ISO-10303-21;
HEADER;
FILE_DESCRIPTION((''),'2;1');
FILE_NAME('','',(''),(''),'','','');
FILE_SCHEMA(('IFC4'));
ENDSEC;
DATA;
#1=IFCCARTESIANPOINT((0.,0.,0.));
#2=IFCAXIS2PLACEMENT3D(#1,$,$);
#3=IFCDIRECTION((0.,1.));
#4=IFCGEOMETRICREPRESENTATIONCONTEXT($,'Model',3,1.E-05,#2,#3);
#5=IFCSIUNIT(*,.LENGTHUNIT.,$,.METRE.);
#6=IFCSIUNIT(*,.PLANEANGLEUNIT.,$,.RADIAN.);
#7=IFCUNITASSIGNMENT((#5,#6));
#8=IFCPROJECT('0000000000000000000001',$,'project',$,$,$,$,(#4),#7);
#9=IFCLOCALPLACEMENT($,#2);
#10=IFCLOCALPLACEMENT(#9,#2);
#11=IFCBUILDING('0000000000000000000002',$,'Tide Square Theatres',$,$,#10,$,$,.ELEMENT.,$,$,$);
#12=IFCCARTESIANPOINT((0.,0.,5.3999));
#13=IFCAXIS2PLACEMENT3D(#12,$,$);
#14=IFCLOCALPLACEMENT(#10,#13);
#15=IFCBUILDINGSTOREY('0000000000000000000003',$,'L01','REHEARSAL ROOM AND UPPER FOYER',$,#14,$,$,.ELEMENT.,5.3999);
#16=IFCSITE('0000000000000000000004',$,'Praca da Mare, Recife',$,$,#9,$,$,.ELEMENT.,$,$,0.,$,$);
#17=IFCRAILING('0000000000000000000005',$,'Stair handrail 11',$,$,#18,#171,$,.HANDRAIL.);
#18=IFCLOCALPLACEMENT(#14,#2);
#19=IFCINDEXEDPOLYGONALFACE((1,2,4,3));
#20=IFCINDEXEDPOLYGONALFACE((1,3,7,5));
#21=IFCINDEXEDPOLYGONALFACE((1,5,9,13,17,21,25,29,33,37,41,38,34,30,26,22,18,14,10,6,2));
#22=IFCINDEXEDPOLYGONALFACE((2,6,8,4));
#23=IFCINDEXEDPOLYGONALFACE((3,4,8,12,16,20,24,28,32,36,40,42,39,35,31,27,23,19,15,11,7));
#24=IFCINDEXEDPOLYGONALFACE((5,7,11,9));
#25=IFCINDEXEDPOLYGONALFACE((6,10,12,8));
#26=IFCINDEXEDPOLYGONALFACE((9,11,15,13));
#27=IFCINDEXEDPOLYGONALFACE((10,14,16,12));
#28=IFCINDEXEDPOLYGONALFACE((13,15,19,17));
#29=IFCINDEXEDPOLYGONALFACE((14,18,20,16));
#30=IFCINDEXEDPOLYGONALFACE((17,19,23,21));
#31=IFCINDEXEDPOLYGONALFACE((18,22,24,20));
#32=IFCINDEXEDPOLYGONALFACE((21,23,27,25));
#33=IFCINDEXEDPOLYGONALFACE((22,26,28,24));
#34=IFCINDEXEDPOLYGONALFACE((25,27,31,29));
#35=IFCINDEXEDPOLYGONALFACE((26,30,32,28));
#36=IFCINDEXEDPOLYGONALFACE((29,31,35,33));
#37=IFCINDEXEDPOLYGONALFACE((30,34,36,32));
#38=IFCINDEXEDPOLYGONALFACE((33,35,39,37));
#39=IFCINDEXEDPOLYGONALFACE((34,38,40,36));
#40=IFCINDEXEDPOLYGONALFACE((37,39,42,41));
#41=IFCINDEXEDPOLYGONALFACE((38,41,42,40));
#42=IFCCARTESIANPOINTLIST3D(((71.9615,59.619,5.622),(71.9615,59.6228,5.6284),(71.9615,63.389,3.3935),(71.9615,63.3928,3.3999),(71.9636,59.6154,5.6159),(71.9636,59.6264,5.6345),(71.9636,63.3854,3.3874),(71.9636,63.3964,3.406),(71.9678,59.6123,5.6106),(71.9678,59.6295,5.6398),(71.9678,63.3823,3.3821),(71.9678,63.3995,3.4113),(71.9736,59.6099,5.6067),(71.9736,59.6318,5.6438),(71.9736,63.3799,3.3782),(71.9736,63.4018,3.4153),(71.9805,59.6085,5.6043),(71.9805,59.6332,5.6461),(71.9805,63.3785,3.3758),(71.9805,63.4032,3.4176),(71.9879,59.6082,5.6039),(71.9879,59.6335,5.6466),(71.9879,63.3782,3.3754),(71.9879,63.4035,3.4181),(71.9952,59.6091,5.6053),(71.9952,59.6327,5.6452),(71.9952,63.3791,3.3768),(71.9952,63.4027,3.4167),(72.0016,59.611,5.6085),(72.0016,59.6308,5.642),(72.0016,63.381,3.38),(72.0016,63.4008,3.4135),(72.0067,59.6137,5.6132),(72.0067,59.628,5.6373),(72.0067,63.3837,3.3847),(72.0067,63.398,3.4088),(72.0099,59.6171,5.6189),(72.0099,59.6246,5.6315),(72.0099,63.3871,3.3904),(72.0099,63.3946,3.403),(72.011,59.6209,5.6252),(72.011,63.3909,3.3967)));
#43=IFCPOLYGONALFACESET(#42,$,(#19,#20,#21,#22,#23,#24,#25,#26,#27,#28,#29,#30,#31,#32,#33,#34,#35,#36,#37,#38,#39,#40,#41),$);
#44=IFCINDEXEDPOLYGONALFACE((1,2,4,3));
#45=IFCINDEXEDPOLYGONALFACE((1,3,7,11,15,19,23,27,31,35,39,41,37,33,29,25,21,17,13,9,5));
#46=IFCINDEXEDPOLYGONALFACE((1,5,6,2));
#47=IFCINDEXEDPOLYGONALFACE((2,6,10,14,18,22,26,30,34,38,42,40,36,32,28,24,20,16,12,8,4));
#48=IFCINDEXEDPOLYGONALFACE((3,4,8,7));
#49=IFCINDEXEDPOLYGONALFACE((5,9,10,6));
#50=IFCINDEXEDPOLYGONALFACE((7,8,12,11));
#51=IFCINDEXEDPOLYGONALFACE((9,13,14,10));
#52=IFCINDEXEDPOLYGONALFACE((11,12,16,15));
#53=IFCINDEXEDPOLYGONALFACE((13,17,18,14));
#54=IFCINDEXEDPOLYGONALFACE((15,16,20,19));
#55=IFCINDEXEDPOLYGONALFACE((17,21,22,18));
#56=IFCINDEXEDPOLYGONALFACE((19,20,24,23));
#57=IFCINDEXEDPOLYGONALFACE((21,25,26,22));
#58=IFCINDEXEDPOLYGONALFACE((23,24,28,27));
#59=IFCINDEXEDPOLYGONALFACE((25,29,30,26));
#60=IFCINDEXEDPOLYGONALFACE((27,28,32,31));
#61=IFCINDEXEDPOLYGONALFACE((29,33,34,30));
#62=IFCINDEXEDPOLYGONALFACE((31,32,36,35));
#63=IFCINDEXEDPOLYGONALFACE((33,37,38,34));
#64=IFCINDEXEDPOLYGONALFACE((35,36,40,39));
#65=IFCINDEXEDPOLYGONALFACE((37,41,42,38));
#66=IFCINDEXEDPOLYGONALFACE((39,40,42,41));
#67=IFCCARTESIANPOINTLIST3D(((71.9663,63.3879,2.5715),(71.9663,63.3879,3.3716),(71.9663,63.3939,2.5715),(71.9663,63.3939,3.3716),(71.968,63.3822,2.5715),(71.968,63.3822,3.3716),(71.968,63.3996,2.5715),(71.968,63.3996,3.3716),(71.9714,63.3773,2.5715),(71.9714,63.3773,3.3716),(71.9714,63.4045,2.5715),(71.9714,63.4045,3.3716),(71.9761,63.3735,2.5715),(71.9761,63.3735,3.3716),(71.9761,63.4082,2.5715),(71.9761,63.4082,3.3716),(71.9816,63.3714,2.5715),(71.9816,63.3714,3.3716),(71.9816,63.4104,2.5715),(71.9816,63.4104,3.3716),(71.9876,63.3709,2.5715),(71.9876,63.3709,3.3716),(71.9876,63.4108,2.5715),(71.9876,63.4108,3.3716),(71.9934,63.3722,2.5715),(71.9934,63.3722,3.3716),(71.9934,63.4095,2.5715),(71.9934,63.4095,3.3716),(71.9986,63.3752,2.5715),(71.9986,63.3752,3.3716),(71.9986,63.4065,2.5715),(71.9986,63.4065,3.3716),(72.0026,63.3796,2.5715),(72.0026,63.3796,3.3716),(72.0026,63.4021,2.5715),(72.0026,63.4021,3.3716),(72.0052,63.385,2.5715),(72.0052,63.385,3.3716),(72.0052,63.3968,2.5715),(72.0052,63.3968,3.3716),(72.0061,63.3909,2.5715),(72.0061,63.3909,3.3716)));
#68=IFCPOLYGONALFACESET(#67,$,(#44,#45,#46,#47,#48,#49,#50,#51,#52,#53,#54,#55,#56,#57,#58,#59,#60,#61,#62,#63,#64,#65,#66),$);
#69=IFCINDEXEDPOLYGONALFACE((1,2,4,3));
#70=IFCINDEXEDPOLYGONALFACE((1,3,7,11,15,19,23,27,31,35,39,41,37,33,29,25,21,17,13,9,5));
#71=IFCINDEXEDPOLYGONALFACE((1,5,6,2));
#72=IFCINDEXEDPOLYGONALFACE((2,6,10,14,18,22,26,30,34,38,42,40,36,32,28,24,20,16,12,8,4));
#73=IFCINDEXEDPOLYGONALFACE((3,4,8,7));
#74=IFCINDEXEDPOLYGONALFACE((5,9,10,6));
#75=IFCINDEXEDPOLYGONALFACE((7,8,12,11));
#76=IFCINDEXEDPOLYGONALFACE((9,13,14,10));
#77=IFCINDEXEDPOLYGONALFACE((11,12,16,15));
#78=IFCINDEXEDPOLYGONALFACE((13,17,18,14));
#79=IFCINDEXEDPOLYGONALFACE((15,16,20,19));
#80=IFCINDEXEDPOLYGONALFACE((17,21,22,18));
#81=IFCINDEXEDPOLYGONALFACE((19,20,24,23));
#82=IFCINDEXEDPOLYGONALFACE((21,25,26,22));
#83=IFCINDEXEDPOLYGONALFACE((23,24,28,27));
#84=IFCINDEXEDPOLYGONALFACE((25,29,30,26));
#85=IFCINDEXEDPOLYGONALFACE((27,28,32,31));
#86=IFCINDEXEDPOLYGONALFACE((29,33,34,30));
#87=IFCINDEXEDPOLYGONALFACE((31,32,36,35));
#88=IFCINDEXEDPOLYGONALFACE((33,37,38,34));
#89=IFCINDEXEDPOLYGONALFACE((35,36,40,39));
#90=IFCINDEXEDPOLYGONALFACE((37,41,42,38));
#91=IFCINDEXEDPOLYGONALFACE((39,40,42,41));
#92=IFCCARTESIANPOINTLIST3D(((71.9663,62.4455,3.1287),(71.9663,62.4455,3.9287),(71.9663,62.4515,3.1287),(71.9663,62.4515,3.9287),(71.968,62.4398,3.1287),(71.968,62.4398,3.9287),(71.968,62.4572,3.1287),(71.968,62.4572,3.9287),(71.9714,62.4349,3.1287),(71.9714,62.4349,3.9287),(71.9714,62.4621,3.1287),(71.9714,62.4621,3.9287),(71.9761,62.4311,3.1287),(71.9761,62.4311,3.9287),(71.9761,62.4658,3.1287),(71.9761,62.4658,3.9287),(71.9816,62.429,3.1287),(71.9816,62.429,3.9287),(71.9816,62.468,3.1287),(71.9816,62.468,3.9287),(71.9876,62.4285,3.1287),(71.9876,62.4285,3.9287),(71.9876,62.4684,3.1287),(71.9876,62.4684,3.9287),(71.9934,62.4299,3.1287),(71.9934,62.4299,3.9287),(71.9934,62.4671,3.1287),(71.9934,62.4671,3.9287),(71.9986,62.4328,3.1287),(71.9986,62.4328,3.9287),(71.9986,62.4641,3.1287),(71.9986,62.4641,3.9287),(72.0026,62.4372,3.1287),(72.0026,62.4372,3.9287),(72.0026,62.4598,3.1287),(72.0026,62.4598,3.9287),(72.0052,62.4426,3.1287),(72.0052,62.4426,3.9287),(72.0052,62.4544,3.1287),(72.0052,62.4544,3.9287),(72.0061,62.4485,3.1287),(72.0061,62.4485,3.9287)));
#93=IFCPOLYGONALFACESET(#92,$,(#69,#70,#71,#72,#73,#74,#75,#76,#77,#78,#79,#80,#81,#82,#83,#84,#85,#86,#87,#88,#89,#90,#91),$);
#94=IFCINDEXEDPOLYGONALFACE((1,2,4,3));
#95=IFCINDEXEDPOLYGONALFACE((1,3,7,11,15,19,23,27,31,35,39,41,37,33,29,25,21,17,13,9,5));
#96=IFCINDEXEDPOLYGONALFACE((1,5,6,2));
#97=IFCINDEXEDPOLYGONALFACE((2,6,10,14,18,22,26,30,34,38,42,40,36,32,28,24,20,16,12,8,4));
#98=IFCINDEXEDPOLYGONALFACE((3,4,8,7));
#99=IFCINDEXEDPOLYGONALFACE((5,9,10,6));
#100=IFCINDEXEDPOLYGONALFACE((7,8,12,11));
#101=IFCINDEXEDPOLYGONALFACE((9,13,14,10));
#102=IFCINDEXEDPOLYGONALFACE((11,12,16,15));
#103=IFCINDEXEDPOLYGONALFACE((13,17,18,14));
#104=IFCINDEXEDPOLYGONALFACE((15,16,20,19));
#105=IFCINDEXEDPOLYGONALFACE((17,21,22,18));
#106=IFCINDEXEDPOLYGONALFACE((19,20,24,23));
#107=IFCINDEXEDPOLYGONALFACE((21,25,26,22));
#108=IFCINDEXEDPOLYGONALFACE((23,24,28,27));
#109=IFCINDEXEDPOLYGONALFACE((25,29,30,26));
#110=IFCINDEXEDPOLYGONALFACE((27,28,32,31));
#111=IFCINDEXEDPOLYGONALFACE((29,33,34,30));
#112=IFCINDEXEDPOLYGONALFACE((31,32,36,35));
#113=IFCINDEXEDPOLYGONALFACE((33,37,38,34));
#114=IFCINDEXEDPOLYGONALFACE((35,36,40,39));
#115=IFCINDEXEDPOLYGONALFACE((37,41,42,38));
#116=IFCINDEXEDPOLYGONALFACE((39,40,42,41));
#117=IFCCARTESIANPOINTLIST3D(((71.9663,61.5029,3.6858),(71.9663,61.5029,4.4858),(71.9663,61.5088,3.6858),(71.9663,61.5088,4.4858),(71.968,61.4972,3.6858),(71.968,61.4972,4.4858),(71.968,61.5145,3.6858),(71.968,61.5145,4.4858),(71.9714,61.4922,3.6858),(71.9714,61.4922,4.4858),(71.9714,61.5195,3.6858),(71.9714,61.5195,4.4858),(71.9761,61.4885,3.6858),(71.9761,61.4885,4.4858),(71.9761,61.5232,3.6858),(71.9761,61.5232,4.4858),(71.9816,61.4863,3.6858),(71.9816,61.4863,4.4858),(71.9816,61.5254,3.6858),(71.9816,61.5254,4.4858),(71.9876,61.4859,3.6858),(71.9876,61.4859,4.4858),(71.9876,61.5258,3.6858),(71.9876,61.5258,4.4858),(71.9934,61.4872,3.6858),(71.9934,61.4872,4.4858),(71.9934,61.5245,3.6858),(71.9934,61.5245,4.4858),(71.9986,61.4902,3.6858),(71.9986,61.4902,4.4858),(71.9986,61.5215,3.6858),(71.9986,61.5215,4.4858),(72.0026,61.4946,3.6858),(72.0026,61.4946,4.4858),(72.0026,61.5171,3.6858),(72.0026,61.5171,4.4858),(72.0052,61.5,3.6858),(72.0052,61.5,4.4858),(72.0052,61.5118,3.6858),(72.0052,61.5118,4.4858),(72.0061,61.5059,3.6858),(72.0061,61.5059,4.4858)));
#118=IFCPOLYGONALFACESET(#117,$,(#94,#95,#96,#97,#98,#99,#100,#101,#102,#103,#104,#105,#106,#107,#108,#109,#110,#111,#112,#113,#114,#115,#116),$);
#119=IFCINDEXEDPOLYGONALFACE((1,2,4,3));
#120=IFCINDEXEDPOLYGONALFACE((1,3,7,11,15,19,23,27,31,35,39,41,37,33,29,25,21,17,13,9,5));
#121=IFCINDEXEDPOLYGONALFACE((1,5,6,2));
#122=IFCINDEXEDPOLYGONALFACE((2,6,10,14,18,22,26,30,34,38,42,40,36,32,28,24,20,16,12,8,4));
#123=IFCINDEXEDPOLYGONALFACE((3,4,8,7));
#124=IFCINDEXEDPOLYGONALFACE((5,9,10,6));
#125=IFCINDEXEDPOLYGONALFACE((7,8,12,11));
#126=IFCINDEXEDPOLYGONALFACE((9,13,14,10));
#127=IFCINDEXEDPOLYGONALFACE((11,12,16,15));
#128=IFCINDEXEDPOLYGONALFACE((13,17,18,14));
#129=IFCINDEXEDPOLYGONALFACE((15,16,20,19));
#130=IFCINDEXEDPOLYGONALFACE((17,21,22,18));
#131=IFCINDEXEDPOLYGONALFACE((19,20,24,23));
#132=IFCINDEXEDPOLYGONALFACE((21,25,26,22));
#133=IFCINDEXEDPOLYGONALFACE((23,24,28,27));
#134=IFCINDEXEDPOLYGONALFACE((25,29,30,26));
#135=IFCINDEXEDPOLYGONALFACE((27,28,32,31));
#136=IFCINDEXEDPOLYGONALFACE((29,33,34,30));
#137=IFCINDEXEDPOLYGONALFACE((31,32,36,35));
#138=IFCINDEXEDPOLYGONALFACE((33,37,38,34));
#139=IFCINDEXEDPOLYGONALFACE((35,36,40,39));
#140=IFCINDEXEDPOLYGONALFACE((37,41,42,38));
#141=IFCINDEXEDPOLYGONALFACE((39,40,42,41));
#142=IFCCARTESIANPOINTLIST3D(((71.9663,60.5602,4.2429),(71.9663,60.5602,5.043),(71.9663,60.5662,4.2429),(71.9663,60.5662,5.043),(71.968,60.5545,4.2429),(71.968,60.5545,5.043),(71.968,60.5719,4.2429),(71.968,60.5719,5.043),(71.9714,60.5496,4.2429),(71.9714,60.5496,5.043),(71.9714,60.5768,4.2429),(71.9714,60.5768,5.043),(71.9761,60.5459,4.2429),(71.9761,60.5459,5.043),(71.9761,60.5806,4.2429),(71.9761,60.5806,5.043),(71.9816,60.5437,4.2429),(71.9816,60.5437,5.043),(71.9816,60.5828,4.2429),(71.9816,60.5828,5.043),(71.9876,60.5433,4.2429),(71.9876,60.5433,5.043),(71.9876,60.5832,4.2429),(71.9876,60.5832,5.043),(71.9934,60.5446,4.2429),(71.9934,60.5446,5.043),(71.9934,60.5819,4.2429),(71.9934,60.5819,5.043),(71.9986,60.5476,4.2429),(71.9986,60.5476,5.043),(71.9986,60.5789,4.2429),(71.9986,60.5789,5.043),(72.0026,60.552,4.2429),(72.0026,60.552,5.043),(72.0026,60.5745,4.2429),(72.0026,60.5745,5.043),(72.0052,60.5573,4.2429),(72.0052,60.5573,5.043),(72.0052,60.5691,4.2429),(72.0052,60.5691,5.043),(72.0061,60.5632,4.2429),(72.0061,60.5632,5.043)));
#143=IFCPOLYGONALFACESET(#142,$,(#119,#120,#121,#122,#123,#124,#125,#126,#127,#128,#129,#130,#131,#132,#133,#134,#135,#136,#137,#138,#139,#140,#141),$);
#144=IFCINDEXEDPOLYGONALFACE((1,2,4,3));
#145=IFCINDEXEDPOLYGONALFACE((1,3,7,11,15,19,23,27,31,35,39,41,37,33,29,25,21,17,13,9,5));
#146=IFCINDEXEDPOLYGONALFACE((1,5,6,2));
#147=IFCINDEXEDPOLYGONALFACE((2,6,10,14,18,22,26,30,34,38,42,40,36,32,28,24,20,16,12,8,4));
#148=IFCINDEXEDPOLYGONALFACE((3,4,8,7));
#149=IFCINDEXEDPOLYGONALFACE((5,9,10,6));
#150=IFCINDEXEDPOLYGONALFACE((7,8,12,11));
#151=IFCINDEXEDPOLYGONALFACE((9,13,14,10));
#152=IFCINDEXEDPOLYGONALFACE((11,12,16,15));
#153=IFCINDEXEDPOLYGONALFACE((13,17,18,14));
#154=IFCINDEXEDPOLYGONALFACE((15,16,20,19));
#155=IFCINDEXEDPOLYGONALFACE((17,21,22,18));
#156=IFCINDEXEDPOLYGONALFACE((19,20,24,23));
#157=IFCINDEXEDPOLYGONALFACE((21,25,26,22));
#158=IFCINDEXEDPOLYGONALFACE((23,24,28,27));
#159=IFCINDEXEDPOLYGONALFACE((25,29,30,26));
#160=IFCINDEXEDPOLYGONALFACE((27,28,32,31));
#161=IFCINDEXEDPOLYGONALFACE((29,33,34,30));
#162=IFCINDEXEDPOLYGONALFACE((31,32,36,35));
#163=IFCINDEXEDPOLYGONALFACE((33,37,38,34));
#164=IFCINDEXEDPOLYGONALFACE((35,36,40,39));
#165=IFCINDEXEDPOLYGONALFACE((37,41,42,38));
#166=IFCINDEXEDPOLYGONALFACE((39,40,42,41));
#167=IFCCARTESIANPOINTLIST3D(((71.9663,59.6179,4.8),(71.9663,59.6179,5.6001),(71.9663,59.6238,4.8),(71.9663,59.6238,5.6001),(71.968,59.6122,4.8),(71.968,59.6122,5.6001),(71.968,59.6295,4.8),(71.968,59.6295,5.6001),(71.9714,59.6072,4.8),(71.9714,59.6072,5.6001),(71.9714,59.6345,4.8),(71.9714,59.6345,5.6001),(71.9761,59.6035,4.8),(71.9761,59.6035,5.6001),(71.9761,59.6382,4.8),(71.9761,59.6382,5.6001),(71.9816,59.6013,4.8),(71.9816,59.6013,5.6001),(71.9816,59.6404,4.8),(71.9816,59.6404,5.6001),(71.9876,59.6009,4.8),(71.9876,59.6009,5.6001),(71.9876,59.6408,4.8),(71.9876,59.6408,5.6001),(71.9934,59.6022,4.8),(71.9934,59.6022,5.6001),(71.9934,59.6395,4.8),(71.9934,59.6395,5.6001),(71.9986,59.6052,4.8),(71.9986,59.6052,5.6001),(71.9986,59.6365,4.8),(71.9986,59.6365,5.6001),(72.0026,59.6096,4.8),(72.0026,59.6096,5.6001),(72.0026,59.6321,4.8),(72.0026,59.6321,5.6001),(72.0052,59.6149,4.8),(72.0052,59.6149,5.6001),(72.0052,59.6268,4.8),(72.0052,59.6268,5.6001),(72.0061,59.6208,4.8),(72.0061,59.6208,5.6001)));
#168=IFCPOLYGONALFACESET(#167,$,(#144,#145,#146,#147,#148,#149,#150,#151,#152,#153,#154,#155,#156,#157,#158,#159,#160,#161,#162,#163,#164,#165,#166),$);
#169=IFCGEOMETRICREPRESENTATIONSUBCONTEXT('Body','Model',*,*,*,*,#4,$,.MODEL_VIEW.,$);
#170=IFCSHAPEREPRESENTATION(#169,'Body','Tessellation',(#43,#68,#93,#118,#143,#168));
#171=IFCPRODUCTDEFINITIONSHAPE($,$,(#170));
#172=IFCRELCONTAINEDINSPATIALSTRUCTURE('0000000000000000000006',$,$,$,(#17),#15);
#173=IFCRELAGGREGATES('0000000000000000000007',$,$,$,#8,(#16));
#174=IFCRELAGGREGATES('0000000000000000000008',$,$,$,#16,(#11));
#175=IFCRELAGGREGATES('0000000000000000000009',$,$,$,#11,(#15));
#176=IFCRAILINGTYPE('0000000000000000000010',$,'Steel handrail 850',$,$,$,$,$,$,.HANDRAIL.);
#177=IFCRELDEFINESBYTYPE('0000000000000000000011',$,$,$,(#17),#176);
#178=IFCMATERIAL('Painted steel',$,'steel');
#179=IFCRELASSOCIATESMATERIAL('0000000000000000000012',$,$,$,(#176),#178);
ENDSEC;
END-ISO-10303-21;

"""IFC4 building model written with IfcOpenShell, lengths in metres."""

from ifc_helpers import new_model, si_unit, direction, frame, origin, origin_2d, place, context, subcontext, project, spatial, circle, extrude, material, type_object, element, save


model = new_model("IFC4")

# Units and contexts
model_context = context("Model", 3, precision=1e-05, world=origin(), true_north=direction((0.0, 1.0)))
body_context = subcontext(model_context, "Body", "Model", "MODEL_VIEW")
ifc_project = project(units=[si_unit("LENGTHUNIT", "METRE"), si_unit("PLANEANGLEUNIT", "RADIAN")], contexts=[model_context])

# Site, building, storey
site_placement = place(None, origin())
site = spatial("IfcSite", under=ifc_project, at=site_placement, Name="Praca da Mare, Recife", CompositionType="ELEMENT", RefElevation=0.0)
building_placement = place(site_placement, origin())
building = spatial("IfcBuilding", under=site, at=building_placement, Name="Tide Square Theatres", CompositionType="ELEMENT")
storey_placement = place(building_placement, frame((0.0, 0.0, 5.3999)))
storey = spatial("IfcBuildingStorey", under=building, at=storey_placement, Name="L01", Description="REHEARSAL ROOM AND UPPER FOYER", CompositionType="ELEMENT", Elevation=5.3999)

# Railing
ifc_material_1 = material(Name="Painted steel", Category="steel")
railing_type = type_object("IfcRailingType", Name="Steel handrail 850", PredefinedType="HANDRAIL", material=ifc_material_1)
for number, where, name in (
    (1, (71.9861, 63.3909, 2.5715), "Stair handrail 11"),
):
    element("IfcRailing", number, at=place(storey_placement, frame(where)), inside=storey, type_object=railing_type, Name=name, PredefinedType="HANDRAIL", context=body_context, shape_type="SweptSolid", body=[
        extrude(circle(Radius=0.0249, at=origin_2d()), frame((0.0, 0.0, 0.8252), z_axis=(0.0, -0.860849, 0.508861), x_axis=(1.0, 0.0, 0.0)), (0.0, 0.0, 1.0), 4.3794),
        extrude(circle(Radius=0.02, at=origin_2d()), origin(), (0.0, 0.0, 1.0), 0.8),
        extrude(circle(Radius=0.02, at=origin_2d()), frame((0.0, -0.9424, 0.5571)), (0.0, 0.0, 1.0), 0.8),
        extrude(circle(Radius=0.02, at=origin_2d()), frame((0.0, -1.885, 1.1143)), (0.0, 0.0, 1.0), 0.8),
        extrude(circle(Radius=0.02, at=origin_2d()), frame((0.0, -2.8276, 1.6714)), (0.0, 0.0, 1.0), 0.8),
        extrude(circle(Radius=0.02, at=origin_2d()), frame((0.0, -3.77, 2.2285)), (0.0, 0.0, 1.0), 0.8),
    ])

save(model, "model.ifc")
